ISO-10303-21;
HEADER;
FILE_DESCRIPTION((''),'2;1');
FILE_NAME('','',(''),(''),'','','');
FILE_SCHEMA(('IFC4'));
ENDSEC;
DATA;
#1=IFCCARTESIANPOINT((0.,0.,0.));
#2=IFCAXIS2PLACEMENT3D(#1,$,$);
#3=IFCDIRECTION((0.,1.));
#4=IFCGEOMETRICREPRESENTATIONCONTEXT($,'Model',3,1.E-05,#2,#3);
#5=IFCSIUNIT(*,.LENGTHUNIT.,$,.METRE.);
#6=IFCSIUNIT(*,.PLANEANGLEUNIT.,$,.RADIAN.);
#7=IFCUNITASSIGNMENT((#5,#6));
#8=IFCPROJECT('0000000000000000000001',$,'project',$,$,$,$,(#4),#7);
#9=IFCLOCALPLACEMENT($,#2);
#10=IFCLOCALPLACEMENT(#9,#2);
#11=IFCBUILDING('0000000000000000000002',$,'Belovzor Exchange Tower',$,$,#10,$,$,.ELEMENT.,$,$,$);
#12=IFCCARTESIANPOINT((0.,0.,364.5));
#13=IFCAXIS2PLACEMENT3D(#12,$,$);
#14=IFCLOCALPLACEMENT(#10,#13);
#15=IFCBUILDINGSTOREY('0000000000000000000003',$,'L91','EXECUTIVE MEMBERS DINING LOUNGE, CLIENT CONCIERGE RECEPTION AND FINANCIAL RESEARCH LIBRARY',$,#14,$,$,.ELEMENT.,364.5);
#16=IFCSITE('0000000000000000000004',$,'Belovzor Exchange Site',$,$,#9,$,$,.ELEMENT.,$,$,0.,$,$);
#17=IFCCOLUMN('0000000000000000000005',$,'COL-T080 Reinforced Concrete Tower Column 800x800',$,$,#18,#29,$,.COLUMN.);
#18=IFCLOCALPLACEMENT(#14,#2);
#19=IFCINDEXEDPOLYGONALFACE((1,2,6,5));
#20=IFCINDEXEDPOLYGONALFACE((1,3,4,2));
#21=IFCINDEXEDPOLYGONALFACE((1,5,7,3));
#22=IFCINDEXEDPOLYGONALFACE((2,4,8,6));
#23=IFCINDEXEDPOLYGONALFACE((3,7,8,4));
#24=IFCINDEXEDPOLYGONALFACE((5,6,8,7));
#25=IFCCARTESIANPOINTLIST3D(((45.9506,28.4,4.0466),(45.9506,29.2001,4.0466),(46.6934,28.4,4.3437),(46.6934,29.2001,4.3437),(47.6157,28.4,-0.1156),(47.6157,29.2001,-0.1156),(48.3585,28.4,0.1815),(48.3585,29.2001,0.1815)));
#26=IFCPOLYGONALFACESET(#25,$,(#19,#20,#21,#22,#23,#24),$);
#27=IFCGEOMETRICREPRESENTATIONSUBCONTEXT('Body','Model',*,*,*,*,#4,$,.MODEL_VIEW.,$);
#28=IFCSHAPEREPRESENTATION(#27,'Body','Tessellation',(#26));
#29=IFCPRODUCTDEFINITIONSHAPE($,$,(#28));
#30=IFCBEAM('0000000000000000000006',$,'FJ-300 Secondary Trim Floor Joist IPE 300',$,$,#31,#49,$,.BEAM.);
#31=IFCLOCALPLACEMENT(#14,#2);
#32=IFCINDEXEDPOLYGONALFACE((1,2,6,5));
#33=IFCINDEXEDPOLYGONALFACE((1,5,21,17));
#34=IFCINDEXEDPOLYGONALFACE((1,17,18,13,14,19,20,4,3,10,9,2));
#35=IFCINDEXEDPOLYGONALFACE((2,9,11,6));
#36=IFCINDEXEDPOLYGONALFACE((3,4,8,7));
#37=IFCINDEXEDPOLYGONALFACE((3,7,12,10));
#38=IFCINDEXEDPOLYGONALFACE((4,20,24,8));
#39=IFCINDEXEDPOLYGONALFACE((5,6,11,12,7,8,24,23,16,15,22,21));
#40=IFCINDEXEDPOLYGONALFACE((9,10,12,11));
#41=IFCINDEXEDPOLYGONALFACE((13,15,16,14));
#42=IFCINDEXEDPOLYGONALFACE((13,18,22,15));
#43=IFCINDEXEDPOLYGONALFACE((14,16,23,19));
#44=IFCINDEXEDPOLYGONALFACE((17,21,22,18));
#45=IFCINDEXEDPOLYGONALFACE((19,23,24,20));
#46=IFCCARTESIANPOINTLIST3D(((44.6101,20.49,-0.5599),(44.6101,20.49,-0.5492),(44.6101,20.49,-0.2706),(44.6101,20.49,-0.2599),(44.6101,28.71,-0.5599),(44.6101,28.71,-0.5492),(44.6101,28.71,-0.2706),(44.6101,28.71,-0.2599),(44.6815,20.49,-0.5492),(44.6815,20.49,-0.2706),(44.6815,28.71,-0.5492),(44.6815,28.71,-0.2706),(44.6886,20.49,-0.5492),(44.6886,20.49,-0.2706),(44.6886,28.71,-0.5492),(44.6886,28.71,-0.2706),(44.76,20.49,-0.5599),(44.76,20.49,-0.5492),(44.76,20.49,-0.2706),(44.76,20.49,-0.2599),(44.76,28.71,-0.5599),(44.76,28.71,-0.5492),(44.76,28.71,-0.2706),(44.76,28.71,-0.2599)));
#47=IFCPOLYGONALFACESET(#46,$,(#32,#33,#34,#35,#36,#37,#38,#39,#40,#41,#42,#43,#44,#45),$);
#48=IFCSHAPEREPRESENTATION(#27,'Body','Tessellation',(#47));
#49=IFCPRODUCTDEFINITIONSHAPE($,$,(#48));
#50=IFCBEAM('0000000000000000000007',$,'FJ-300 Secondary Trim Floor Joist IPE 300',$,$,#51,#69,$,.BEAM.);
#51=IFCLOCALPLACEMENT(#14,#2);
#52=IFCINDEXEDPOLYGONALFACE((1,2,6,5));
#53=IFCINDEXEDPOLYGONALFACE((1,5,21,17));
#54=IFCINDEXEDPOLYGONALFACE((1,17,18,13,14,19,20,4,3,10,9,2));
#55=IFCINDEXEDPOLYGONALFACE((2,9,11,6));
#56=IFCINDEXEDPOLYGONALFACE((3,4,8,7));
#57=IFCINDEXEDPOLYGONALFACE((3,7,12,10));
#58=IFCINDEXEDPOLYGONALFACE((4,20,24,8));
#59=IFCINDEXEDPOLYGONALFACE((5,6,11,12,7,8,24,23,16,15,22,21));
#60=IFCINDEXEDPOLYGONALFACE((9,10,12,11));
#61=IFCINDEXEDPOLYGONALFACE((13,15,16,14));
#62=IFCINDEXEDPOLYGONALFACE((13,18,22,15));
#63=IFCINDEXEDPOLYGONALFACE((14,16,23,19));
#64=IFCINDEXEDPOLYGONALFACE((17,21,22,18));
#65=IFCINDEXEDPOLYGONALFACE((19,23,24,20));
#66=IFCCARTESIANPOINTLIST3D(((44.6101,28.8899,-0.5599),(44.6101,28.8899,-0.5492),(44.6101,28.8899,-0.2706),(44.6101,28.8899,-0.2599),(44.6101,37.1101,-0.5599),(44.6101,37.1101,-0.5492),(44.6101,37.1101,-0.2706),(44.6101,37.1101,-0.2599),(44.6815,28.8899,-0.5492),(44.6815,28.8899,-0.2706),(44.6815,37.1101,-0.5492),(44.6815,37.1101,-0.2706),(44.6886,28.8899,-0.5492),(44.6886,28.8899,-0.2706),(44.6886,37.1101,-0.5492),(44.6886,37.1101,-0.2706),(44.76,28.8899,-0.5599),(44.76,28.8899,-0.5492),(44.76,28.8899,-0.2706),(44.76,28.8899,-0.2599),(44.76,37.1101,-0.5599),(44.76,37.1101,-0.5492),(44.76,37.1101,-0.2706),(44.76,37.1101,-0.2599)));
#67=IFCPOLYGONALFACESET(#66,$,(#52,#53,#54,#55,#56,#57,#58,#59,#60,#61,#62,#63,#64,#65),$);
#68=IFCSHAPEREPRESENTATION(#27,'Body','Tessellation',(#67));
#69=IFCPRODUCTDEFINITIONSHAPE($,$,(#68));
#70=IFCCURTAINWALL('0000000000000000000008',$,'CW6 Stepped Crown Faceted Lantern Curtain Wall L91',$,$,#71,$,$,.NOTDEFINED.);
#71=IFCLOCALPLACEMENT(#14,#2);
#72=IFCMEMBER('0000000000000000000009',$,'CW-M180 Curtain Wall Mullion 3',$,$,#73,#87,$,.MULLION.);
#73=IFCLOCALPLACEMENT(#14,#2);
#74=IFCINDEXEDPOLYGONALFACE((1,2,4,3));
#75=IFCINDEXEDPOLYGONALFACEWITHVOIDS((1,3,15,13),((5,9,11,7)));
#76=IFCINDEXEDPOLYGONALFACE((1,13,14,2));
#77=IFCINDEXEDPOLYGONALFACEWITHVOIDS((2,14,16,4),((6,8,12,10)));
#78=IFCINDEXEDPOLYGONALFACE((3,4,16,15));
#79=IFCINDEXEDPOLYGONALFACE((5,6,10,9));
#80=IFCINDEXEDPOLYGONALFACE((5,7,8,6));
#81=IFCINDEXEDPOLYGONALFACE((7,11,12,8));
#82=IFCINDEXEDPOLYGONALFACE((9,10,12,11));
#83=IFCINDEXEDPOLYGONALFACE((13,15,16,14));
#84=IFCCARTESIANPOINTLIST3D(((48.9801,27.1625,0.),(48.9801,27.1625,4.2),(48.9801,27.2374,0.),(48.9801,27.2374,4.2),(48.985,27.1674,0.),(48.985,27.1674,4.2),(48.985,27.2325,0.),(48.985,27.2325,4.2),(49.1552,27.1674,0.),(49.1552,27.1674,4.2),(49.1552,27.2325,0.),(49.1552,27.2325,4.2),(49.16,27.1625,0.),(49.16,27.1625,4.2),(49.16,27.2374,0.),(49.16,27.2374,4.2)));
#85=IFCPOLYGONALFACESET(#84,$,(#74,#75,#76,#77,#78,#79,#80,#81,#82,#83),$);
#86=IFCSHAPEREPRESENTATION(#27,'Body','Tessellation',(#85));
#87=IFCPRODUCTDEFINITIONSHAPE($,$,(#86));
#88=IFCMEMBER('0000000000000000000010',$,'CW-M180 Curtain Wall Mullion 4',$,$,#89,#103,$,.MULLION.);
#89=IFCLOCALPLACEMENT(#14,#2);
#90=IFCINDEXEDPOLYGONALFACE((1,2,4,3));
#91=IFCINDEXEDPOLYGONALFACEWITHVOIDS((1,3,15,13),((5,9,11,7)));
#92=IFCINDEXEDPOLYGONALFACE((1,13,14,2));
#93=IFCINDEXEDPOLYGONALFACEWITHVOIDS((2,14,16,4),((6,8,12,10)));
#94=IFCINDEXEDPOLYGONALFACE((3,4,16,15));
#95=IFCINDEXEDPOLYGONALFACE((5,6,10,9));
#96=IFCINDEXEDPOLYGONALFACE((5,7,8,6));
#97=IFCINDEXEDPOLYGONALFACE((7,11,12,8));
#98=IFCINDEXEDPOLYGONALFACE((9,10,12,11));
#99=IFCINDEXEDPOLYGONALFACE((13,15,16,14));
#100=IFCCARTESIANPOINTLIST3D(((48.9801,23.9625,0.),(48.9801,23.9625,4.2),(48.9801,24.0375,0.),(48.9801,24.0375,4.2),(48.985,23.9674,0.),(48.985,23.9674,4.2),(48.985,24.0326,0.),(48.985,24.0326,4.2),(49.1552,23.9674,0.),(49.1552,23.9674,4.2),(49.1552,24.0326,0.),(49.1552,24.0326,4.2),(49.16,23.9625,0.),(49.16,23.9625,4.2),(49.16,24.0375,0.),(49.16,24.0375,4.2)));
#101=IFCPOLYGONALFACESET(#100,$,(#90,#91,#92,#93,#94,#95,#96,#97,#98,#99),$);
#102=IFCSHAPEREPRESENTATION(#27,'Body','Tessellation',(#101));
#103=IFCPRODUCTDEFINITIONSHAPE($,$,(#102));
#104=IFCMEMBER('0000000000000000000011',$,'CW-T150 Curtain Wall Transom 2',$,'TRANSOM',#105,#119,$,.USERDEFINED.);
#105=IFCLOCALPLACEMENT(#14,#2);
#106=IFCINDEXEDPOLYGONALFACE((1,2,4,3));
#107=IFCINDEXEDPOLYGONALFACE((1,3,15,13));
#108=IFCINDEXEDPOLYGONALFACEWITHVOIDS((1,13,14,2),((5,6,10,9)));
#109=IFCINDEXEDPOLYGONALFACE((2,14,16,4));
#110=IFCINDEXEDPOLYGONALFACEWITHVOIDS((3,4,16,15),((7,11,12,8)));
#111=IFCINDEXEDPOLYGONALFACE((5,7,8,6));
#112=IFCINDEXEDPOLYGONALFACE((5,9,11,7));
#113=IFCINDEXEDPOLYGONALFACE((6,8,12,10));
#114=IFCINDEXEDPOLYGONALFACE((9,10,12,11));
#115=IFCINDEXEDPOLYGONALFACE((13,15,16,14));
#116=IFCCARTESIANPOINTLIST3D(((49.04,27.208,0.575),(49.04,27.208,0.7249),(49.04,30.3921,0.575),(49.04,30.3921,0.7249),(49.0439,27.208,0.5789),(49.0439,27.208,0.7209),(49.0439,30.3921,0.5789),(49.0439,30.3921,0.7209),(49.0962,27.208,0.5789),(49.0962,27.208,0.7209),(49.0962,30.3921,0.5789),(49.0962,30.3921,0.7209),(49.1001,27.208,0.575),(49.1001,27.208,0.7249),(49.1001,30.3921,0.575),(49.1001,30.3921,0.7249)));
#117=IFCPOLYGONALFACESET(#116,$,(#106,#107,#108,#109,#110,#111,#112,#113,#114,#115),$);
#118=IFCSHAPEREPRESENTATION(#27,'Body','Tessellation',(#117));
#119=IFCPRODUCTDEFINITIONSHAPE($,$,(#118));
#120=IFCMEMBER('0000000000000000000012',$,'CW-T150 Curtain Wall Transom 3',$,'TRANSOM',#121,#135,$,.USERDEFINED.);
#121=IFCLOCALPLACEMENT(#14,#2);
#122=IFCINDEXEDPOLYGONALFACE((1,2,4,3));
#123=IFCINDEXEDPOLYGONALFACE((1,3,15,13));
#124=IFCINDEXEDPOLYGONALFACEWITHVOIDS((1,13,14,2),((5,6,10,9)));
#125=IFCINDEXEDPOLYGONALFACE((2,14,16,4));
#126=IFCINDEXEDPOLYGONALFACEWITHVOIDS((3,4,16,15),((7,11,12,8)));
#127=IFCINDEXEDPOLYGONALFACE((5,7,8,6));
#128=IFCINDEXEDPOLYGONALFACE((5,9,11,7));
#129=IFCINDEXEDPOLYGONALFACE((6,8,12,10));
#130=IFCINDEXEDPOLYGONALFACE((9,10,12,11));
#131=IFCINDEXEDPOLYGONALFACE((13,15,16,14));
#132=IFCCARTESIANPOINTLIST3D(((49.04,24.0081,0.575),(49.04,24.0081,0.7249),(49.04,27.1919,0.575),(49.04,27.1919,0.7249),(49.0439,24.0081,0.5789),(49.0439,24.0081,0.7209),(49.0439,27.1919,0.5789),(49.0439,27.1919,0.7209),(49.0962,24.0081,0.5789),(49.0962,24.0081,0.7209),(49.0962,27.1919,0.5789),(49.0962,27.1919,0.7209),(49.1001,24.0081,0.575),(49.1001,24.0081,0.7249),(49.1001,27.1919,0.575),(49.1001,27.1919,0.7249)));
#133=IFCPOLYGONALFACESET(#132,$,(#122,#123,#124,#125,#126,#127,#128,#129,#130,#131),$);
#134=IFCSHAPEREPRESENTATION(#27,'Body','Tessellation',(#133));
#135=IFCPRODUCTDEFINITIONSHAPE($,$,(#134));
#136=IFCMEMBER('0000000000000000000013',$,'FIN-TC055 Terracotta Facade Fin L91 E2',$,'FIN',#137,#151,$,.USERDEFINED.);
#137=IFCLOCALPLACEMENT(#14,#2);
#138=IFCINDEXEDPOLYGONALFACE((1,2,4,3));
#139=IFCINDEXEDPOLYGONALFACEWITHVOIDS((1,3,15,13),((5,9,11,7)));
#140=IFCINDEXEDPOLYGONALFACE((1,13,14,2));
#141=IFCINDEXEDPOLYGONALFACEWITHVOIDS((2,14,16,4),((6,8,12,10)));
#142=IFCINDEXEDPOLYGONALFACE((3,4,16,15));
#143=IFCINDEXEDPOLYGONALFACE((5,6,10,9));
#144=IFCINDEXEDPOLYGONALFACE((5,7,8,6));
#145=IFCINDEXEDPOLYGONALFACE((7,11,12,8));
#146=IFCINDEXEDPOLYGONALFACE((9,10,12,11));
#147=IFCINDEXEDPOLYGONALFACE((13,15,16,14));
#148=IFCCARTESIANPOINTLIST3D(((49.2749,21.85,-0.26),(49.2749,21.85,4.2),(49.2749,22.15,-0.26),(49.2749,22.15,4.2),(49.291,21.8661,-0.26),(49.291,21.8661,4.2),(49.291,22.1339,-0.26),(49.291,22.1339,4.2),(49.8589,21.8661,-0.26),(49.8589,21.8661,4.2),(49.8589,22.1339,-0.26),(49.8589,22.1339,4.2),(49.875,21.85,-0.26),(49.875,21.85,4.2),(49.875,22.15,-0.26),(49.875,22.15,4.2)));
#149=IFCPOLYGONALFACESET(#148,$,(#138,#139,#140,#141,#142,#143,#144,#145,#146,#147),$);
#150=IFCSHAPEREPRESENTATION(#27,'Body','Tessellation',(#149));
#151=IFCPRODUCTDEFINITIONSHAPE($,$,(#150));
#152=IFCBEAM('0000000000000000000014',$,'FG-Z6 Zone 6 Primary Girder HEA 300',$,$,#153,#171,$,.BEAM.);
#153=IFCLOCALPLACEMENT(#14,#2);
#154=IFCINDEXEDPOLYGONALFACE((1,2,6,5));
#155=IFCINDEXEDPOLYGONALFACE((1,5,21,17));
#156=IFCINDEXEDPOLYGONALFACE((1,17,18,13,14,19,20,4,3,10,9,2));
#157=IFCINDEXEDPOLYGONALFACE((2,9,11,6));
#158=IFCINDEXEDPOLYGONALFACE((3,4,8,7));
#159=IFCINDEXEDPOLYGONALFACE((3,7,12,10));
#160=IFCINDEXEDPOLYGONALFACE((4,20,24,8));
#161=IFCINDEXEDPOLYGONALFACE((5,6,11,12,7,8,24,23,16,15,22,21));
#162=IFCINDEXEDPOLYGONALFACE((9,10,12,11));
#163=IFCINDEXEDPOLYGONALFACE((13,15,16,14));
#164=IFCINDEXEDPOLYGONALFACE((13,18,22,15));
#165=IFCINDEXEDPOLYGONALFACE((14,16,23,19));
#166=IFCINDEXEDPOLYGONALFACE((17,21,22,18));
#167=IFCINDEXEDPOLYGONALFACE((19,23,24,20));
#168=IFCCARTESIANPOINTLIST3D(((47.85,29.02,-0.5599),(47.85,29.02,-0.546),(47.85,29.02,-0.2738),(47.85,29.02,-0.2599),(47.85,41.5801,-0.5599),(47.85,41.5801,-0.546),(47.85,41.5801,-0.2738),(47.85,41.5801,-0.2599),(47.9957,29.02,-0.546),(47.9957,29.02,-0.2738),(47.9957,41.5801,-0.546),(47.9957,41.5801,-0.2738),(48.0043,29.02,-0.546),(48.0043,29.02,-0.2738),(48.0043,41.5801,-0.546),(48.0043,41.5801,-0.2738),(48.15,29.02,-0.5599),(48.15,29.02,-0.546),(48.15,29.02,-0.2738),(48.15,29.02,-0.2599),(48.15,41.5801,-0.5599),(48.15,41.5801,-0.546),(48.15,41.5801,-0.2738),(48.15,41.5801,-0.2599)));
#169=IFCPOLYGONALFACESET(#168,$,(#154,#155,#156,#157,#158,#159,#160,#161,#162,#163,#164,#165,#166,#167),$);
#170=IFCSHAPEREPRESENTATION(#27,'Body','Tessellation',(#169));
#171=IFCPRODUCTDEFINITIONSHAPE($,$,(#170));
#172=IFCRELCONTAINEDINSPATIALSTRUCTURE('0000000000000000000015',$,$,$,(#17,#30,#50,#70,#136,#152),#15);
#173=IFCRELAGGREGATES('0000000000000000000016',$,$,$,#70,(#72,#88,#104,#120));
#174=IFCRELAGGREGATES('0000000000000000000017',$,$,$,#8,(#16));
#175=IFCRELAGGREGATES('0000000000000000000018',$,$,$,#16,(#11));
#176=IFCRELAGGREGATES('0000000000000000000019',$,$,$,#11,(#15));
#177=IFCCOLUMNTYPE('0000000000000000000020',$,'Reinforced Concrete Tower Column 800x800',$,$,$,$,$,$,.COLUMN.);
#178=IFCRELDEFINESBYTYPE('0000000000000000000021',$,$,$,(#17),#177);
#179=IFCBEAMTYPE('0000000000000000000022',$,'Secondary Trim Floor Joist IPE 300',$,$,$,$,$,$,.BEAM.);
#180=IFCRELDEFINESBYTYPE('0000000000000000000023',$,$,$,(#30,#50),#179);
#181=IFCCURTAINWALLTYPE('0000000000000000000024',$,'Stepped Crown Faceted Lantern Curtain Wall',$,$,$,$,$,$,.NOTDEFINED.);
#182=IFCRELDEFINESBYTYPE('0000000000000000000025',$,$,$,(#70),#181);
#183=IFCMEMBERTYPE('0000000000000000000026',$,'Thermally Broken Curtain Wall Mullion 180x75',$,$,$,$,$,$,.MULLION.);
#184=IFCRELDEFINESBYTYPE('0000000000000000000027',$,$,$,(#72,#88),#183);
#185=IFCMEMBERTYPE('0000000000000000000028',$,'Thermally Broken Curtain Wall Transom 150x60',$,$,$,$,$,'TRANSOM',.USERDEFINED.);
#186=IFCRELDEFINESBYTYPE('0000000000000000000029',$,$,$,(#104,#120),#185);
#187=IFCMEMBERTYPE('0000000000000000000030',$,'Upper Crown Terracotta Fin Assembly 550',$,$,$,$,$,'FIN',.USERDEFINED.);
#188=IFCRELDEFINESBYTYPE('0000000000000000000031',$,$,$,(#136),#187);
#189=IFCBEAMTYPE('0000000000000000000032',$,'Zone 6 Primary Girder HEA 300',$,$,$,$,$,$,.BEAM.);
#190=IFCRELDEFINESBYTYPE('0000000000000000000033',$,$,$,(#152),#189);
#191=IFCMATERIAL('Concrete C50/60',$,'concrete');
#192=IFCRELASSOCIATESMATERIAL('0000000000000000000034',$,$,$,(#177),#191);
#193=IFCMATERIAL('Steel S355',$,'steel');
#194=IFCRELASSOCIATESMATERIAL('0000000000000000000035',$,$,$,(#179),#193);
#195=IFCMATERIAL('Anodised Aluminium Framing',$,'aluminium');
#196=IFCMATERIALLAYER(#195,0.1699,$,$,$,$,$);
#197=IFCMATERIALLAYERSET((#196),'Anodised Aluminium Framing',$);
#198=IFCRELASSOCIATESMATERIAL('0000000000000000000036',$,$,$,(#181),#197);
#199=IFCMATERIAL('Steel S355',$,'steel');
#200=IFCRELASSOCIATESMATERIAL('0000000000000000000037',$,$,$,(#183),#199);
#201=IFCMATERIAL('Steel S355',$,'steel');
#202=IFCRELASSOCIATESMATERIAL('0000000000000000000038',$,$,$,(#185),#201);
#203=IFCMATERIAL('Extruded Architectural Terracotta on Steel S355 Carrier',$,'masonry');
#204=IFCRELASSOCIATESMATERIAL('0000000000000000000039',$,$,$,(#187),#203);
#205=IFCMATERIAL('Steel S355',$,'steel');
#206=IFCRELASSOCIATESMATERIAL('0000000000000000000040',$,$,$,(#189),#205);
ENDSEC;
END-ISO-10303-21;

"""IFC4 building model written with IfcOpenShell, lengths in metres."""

from ifc_helpers import new_model, si_unit, direction, frame, origin, origin_2d, place, context, subcontext, project, spatial, rectangle, hollow_rectangle, i_section, extrude, material, layer, layer_set, material_profile, profile_set, type_object, element, aggregate, save


model = new_model("IFC4")

# Units and contexts
model_context = context("Model", 3, precision=1e-05, world=origin(), true_north=direction((0.0, 1.0)))
body_context = subcontext(model_context, "Body", "Model", "MODEL_VIEW")
ifc_project = project(units=[si_unit("LENGTHUNIT", "METRE"), si_unit("PLANEANGLEUNIT", "RADIAN")], contexts=[model_context])

# Site, building, storey
site_placement = place(None, origin())
site = spatial("IfcSite", under=ifc_project, at=site_placement, Name="Belovzor Exchange Site", CompositionType="ELEMENT", RefElevation=0.0)
building_placement = place(site_placement, origin())
building = spatial("IfcBuilding", under=site, at=building_placement, Name="Belovzor Exchange Tower", CompositionType="ELEMENT")
storey_placement = place(building_placement, frame((0.0, 0.0, 364.5)))
storey = spatial("IfcBuildingStorey", under=building, at=storey_placement, Name="L91", Description="EXECUTIVE MEMBERS DINING LOUNGE, CLIENT CONCIERGE RECEPTION AND FINANCIAL RESEARCH LIBRARY", CompositionType="ELEMENT", Elevation=364.5)

# Column
ifc_material_1 = material(Name="Concrete C50/60", Category="concrete")
ifc_material_profile_1 = material_profile(ifc_material_1, rectangle(XDim=0.8, YDim=0.8, at=origin_2d()))
ifc_profile_set_1 = profile_set([ifc_material_profile_1], Name="Concrete C50/60")
column_type = type_object("IfcColumnType", Name="Reinforced Concrete Tower Column 800x800", PredefinedType="COLUMN", material=ifc_profile_set_1)
column_placement = place(storey_placement, frame((47.9871, 28.8, 0.033), z_axis=(-0.371428, 0.0, 0.928462), x_axis=(0.0, -1.0, 0.0)))
element("IfcColumn", 1, at=column_placement, inside=storey, type_object=column_type, Name="COL-T080 Reinforced Concrete Tower Column 800x800", PredefinedType="COLUMN", context=body_context, shape_type="SweptSolid", body=[
    extrude(rectangle(XDim=0.8, YDim=0.8, at=origin_2d()), origin(), (0.0, 0.0, 1.0), 4.4829),
])

# Beams
ifc_material_2 = material(Name="Steel S355", Category="steel")
ifc_material_profile_2 = material_profile(ifc_material_2, i_section(OverallWidth=0.1499, OverallDepth=0.3, WebThickness=0.0071, FlangeThickness=0.0107, at=origin_2d()))
ifc_profile_set_2 = profile_set([ifc_material_profile_2], Name="Steel S355")
beam_type_1 = type_object("IfcBeamType", Name="Secondary Trim Floor Joist IPE 300", PredefinedType="BEAM", material=ifc_profile_set_2)
beam_1_placement = place(storey_placement, frame((44.6851, 20.49, -0.4099), z_axis=(0.0, 1.0, 0.0), x_axis=(-1.0, 0.0, 0.0)))
element("IfcBeam", 2, at=beam_1_placement, inside=storey, type_object=beam_type_1, Name="FJ-300 Secondary Trim Floor Joist IPE 300", PredefinedType="BEAM", context=body_context, shape_type="SweptSolid", body=[
    extrude(i_section(OverallWidth=0.1499, OverallDepth=0.3, WebThickness=0.0071, FlangeThickness=0.0107, at=origin_2d()), origin(), (0.0, 0.0, 1.0), 8.22),
])
beam_2_placement = place(storey_placement, frame((44.6851, 28.8899, -0.4099), z_axis=(0.0, 1.0, 0.0), x_axis=(-1.0, 0.0, 0.0)))
element("IfcBeam", 3, at=beam_2_placement, inside=storey, type_object=beam_type_1, Name="FJ-300 Secondary Trim Floor Joist IPE 300", PredefinedType="BEAM", context=body_context, shape_type="SweptSolid", body=[
    extrude(i_section(OverallWidth=0.1499, OverallDepth=0.3, WebThickness=0.0071, FlangeThickness=0.0107, at=origin_2d()), origin(), (0.0, 0.0, 1.0), 8.2202),
])

# Curtain wall, members
ifc_material_3 = material(Name="Anodised Aluminium Framing", Category="aluminium")
ifc_layer_1 = layer(ifc_material_3, 0.1699)
ifc_layer_set_1 = layer_set([ifc_layer_1], Name="Anodised Aluminium Framing")
curtain_wall_type = type_object("IfcCurtainWallType", Name="Stepped Crown Faceted Lantern Curtain Wall", PredefinedType="NOTDEFINED", material=ifc_layer_set_1)
curtain_wall_placement = place(storey_placement, origin())
curtain_wall = element("IfcCurtainWall", 4, at=curtain_wall_placement, inside=storey, type_object=curtain_wall_type, Name="CW6 Stepped Crown Faceted Lantern Curtain Wall L91", PredefinedType="NOTDEFINED")
ifc_material_4 = material(Name="Steel S355", Category="steel")
ifc_material_profile_3 = material_profile(ifc_material_4, hollow_rectangle(XDim=0.075, YDim=0.1799, WallThickness=0.0049, at=origin_2d()))
ifc_profile_set_3 = profile_set([ifc_material_profile_3], Name="Steel S355")
member_type_1 = type_object("IfcMemberType", Name="Thermally Broken Curtain Wall Mullion 180x75", PredefinedType="MULLION", material=ifc_profile_set_3)
member_1_placement = place(storey_placement, frame((49.0701, 27.2, 0.0), z_axis=(0.0, 0.0, 1.0), x_axis=(0.0, -1.0, 0.0)))
member_1 = element("IfcMember", 5, at=member_1_placement, type_object=member_type_1, Name="CW-M180 Curtain Wall Mullion 3", PredefinedType="MULLION", context=body_context, shape_type="SweptSolid", body=[
    extrude(hollow_rectangle(XDim=0.075, YDim=0.1799, WallThickness=0.0049, at=origin_2d()), origin(), (0.0, 0.0, 1.0), 4.2),
])
member_2_placement = place(storey_placement, frame((49.0701, 24.0, 0.0), z_axis=(0.0, 0.0, 1.0), x_axis=(0.0, -1.0, 0.0)))
member_2 = element("IfcMember", 6, at=member_2_placement, type_object=member_type_1, Name="CW-M180 Curtain Wall Mullion 4", PredefinedType="MULLION", context=body_context, shape_type="SweptSolid", body=[
    extrude(hollow_rectangle(XDim=0.075, YDim=0.1799, WallThickness=0.0049, at=origin_2d()), origin(), (0.0, 0.0, 1.0), 4.2),
])
ifc_material_5 = material(Name="Steel S355", Category="steel")
ifc_material_profile_4 = material_profile(ifc_material_5, hollow_rectangle(XDim=0.0601, YDim=0.1499, WallThickness=0.0039, at=origin_2d()))
ifc_profile_set_4 = profile_set([ifc_material_profile_4], Name="Steel S355")
member_type_2 = type_object("IfcMemberType", Name="Thermally Broken Curtain Wall Transom 150x60", ElementType="TRANSOM", PredefinedType="USERDEFINED", material=ifc_profile_set_4)
member_3_placement = place(storey_placement, frame((49.0701, 30.3921, 0.6499), z_axis=(0.0, -1.0, 0.0), x_axis=(1.0, 0.0, 0.0)))
member_3 = element("IfcMember", 7, at=member_3_placement, type_object=member_type_2, Name="CW-T150 Curtain Wall Transom 2", ObjectType="TRANSOM", PredefinedType="USERDEFINED", context=body_context, shape_type="SweptSolid", body=[
    extrude(hollow_rectangle(XDim=0.0601, YDim=0.1499, WallThickness=0.0039, at=origin_2d()), origin(), (0.0, 0.0, 1.0), 3.1841),
])
member_4_placement = place(storey_placement, frame((49.0701, 27.1919, 0.6499), z_axis=(0.0, -1.0, 0.0), x_axis=(1.0, 0.0, 0.0)))
member_4 = element("IfcMember", 8, at=member_4_placement, type_object=member_type_2, Name="CW-T150 Curtain Wall Transom 3", ObjectType="TRANSOM", PredefinedType="USERDEFINED", context=body_context, shape_type="SweptSolid", body=[
    extrude(hollow_rectangle(XDim=0.0601, YDim=0.1499, WallThickness=0.0039, at=origin_2d()), origin(), (0.0, 0.0, 1.0), 3.1838),
])

# Member
ifc_material_6 = material(Name="Extruded Architectural Terracotta on Steel S355 Carrier", Category="masonry")
ifc_material_profile_5 = material_profile(ifc_material_6, hollow_rectangle(XDim=0.3, YDim=0.6001, WallThickness=0.0161, at=origin_2d()))
ifc_profile_set_5 = profile_set([ifc_material_profile_5], Name="Extruded Architectural Terracotta on Steel S355 Carrier")
member_type_3 = type_object("IfcMemberType", Name="Upper Crown Terracotta Fin Assembly 550", ElementType="FIN", PredefinedType="USERDEFINED", material=ifc_profile_set_5)
member_5_placement = place(storey_placement, frame((49.575, 22.0, -0.26), z_axis=(0.0, 0.0, 1.0), x_axis=(0.0, 1.0, 0.0)))
element("IfcMember", 9, at=member_5_placement, inside=storey, type_object=member_type_3, Name="FIN-TC055 Terracotta Facade Fin L91 E2", ObjectType="FIN", PredefinedType="USERDEFINED", context=body_context, shape_type="SweptSolid", body=[
    extrude(hollow_rectangle(XDim=0.3, YDim=0.6001, WallThickness=0.0161, at=origin_2d()), origin(), (0.0, 0.0, 1.0), 4.46),
])

# Beam
ifc_material_7 = material(Name="Steel S355", Category="steel")
ifc_material_profile_6 = material_profile(ifc_material_7, i_section(OverallWidth=0.3, OverallDepth=0.3, WebThickness=0.0085, FlangeThickness=0.0139, at=origin_2d()))
ifc_profile_set_6 = profile_set([ifc_material_profile_6], Name="Steel S355")
beam_type_2 = type_object("IfcBeamType", Name="Zone 6 Primary Girder HEA 300", PredefinedType="BEAM", material=ifc_profile_set_6)
beam_3_placement = place(storey_placement, frame((48.0, 29.02, -0.4099), z_axis=(0.0, 1.0, 0.0), x_axis=(-1.0, 0.0, 0.0)))
element("IfcBeam", 10, at=beam_3_placement, inside=storey, type_object=beam_type_2, Name="FG-Z6 Zone 6 Primary Girder HEA 300", PredefinedType="BEAM", context=body_context, shape_type="SweptSolid", body=[
    extrude(i_section(OverallWidth=0.3, OverallDepth=0.3, WebThickness=0.0085, FlangeThickness=0.0139, at=origin_2d()), origin(), (0.0, 0.0, 1.0), 12.5601),
])

aggregate(curtain_wall, [member_1, member_2, member_3, member_4])

save(model, "model.ifc")
